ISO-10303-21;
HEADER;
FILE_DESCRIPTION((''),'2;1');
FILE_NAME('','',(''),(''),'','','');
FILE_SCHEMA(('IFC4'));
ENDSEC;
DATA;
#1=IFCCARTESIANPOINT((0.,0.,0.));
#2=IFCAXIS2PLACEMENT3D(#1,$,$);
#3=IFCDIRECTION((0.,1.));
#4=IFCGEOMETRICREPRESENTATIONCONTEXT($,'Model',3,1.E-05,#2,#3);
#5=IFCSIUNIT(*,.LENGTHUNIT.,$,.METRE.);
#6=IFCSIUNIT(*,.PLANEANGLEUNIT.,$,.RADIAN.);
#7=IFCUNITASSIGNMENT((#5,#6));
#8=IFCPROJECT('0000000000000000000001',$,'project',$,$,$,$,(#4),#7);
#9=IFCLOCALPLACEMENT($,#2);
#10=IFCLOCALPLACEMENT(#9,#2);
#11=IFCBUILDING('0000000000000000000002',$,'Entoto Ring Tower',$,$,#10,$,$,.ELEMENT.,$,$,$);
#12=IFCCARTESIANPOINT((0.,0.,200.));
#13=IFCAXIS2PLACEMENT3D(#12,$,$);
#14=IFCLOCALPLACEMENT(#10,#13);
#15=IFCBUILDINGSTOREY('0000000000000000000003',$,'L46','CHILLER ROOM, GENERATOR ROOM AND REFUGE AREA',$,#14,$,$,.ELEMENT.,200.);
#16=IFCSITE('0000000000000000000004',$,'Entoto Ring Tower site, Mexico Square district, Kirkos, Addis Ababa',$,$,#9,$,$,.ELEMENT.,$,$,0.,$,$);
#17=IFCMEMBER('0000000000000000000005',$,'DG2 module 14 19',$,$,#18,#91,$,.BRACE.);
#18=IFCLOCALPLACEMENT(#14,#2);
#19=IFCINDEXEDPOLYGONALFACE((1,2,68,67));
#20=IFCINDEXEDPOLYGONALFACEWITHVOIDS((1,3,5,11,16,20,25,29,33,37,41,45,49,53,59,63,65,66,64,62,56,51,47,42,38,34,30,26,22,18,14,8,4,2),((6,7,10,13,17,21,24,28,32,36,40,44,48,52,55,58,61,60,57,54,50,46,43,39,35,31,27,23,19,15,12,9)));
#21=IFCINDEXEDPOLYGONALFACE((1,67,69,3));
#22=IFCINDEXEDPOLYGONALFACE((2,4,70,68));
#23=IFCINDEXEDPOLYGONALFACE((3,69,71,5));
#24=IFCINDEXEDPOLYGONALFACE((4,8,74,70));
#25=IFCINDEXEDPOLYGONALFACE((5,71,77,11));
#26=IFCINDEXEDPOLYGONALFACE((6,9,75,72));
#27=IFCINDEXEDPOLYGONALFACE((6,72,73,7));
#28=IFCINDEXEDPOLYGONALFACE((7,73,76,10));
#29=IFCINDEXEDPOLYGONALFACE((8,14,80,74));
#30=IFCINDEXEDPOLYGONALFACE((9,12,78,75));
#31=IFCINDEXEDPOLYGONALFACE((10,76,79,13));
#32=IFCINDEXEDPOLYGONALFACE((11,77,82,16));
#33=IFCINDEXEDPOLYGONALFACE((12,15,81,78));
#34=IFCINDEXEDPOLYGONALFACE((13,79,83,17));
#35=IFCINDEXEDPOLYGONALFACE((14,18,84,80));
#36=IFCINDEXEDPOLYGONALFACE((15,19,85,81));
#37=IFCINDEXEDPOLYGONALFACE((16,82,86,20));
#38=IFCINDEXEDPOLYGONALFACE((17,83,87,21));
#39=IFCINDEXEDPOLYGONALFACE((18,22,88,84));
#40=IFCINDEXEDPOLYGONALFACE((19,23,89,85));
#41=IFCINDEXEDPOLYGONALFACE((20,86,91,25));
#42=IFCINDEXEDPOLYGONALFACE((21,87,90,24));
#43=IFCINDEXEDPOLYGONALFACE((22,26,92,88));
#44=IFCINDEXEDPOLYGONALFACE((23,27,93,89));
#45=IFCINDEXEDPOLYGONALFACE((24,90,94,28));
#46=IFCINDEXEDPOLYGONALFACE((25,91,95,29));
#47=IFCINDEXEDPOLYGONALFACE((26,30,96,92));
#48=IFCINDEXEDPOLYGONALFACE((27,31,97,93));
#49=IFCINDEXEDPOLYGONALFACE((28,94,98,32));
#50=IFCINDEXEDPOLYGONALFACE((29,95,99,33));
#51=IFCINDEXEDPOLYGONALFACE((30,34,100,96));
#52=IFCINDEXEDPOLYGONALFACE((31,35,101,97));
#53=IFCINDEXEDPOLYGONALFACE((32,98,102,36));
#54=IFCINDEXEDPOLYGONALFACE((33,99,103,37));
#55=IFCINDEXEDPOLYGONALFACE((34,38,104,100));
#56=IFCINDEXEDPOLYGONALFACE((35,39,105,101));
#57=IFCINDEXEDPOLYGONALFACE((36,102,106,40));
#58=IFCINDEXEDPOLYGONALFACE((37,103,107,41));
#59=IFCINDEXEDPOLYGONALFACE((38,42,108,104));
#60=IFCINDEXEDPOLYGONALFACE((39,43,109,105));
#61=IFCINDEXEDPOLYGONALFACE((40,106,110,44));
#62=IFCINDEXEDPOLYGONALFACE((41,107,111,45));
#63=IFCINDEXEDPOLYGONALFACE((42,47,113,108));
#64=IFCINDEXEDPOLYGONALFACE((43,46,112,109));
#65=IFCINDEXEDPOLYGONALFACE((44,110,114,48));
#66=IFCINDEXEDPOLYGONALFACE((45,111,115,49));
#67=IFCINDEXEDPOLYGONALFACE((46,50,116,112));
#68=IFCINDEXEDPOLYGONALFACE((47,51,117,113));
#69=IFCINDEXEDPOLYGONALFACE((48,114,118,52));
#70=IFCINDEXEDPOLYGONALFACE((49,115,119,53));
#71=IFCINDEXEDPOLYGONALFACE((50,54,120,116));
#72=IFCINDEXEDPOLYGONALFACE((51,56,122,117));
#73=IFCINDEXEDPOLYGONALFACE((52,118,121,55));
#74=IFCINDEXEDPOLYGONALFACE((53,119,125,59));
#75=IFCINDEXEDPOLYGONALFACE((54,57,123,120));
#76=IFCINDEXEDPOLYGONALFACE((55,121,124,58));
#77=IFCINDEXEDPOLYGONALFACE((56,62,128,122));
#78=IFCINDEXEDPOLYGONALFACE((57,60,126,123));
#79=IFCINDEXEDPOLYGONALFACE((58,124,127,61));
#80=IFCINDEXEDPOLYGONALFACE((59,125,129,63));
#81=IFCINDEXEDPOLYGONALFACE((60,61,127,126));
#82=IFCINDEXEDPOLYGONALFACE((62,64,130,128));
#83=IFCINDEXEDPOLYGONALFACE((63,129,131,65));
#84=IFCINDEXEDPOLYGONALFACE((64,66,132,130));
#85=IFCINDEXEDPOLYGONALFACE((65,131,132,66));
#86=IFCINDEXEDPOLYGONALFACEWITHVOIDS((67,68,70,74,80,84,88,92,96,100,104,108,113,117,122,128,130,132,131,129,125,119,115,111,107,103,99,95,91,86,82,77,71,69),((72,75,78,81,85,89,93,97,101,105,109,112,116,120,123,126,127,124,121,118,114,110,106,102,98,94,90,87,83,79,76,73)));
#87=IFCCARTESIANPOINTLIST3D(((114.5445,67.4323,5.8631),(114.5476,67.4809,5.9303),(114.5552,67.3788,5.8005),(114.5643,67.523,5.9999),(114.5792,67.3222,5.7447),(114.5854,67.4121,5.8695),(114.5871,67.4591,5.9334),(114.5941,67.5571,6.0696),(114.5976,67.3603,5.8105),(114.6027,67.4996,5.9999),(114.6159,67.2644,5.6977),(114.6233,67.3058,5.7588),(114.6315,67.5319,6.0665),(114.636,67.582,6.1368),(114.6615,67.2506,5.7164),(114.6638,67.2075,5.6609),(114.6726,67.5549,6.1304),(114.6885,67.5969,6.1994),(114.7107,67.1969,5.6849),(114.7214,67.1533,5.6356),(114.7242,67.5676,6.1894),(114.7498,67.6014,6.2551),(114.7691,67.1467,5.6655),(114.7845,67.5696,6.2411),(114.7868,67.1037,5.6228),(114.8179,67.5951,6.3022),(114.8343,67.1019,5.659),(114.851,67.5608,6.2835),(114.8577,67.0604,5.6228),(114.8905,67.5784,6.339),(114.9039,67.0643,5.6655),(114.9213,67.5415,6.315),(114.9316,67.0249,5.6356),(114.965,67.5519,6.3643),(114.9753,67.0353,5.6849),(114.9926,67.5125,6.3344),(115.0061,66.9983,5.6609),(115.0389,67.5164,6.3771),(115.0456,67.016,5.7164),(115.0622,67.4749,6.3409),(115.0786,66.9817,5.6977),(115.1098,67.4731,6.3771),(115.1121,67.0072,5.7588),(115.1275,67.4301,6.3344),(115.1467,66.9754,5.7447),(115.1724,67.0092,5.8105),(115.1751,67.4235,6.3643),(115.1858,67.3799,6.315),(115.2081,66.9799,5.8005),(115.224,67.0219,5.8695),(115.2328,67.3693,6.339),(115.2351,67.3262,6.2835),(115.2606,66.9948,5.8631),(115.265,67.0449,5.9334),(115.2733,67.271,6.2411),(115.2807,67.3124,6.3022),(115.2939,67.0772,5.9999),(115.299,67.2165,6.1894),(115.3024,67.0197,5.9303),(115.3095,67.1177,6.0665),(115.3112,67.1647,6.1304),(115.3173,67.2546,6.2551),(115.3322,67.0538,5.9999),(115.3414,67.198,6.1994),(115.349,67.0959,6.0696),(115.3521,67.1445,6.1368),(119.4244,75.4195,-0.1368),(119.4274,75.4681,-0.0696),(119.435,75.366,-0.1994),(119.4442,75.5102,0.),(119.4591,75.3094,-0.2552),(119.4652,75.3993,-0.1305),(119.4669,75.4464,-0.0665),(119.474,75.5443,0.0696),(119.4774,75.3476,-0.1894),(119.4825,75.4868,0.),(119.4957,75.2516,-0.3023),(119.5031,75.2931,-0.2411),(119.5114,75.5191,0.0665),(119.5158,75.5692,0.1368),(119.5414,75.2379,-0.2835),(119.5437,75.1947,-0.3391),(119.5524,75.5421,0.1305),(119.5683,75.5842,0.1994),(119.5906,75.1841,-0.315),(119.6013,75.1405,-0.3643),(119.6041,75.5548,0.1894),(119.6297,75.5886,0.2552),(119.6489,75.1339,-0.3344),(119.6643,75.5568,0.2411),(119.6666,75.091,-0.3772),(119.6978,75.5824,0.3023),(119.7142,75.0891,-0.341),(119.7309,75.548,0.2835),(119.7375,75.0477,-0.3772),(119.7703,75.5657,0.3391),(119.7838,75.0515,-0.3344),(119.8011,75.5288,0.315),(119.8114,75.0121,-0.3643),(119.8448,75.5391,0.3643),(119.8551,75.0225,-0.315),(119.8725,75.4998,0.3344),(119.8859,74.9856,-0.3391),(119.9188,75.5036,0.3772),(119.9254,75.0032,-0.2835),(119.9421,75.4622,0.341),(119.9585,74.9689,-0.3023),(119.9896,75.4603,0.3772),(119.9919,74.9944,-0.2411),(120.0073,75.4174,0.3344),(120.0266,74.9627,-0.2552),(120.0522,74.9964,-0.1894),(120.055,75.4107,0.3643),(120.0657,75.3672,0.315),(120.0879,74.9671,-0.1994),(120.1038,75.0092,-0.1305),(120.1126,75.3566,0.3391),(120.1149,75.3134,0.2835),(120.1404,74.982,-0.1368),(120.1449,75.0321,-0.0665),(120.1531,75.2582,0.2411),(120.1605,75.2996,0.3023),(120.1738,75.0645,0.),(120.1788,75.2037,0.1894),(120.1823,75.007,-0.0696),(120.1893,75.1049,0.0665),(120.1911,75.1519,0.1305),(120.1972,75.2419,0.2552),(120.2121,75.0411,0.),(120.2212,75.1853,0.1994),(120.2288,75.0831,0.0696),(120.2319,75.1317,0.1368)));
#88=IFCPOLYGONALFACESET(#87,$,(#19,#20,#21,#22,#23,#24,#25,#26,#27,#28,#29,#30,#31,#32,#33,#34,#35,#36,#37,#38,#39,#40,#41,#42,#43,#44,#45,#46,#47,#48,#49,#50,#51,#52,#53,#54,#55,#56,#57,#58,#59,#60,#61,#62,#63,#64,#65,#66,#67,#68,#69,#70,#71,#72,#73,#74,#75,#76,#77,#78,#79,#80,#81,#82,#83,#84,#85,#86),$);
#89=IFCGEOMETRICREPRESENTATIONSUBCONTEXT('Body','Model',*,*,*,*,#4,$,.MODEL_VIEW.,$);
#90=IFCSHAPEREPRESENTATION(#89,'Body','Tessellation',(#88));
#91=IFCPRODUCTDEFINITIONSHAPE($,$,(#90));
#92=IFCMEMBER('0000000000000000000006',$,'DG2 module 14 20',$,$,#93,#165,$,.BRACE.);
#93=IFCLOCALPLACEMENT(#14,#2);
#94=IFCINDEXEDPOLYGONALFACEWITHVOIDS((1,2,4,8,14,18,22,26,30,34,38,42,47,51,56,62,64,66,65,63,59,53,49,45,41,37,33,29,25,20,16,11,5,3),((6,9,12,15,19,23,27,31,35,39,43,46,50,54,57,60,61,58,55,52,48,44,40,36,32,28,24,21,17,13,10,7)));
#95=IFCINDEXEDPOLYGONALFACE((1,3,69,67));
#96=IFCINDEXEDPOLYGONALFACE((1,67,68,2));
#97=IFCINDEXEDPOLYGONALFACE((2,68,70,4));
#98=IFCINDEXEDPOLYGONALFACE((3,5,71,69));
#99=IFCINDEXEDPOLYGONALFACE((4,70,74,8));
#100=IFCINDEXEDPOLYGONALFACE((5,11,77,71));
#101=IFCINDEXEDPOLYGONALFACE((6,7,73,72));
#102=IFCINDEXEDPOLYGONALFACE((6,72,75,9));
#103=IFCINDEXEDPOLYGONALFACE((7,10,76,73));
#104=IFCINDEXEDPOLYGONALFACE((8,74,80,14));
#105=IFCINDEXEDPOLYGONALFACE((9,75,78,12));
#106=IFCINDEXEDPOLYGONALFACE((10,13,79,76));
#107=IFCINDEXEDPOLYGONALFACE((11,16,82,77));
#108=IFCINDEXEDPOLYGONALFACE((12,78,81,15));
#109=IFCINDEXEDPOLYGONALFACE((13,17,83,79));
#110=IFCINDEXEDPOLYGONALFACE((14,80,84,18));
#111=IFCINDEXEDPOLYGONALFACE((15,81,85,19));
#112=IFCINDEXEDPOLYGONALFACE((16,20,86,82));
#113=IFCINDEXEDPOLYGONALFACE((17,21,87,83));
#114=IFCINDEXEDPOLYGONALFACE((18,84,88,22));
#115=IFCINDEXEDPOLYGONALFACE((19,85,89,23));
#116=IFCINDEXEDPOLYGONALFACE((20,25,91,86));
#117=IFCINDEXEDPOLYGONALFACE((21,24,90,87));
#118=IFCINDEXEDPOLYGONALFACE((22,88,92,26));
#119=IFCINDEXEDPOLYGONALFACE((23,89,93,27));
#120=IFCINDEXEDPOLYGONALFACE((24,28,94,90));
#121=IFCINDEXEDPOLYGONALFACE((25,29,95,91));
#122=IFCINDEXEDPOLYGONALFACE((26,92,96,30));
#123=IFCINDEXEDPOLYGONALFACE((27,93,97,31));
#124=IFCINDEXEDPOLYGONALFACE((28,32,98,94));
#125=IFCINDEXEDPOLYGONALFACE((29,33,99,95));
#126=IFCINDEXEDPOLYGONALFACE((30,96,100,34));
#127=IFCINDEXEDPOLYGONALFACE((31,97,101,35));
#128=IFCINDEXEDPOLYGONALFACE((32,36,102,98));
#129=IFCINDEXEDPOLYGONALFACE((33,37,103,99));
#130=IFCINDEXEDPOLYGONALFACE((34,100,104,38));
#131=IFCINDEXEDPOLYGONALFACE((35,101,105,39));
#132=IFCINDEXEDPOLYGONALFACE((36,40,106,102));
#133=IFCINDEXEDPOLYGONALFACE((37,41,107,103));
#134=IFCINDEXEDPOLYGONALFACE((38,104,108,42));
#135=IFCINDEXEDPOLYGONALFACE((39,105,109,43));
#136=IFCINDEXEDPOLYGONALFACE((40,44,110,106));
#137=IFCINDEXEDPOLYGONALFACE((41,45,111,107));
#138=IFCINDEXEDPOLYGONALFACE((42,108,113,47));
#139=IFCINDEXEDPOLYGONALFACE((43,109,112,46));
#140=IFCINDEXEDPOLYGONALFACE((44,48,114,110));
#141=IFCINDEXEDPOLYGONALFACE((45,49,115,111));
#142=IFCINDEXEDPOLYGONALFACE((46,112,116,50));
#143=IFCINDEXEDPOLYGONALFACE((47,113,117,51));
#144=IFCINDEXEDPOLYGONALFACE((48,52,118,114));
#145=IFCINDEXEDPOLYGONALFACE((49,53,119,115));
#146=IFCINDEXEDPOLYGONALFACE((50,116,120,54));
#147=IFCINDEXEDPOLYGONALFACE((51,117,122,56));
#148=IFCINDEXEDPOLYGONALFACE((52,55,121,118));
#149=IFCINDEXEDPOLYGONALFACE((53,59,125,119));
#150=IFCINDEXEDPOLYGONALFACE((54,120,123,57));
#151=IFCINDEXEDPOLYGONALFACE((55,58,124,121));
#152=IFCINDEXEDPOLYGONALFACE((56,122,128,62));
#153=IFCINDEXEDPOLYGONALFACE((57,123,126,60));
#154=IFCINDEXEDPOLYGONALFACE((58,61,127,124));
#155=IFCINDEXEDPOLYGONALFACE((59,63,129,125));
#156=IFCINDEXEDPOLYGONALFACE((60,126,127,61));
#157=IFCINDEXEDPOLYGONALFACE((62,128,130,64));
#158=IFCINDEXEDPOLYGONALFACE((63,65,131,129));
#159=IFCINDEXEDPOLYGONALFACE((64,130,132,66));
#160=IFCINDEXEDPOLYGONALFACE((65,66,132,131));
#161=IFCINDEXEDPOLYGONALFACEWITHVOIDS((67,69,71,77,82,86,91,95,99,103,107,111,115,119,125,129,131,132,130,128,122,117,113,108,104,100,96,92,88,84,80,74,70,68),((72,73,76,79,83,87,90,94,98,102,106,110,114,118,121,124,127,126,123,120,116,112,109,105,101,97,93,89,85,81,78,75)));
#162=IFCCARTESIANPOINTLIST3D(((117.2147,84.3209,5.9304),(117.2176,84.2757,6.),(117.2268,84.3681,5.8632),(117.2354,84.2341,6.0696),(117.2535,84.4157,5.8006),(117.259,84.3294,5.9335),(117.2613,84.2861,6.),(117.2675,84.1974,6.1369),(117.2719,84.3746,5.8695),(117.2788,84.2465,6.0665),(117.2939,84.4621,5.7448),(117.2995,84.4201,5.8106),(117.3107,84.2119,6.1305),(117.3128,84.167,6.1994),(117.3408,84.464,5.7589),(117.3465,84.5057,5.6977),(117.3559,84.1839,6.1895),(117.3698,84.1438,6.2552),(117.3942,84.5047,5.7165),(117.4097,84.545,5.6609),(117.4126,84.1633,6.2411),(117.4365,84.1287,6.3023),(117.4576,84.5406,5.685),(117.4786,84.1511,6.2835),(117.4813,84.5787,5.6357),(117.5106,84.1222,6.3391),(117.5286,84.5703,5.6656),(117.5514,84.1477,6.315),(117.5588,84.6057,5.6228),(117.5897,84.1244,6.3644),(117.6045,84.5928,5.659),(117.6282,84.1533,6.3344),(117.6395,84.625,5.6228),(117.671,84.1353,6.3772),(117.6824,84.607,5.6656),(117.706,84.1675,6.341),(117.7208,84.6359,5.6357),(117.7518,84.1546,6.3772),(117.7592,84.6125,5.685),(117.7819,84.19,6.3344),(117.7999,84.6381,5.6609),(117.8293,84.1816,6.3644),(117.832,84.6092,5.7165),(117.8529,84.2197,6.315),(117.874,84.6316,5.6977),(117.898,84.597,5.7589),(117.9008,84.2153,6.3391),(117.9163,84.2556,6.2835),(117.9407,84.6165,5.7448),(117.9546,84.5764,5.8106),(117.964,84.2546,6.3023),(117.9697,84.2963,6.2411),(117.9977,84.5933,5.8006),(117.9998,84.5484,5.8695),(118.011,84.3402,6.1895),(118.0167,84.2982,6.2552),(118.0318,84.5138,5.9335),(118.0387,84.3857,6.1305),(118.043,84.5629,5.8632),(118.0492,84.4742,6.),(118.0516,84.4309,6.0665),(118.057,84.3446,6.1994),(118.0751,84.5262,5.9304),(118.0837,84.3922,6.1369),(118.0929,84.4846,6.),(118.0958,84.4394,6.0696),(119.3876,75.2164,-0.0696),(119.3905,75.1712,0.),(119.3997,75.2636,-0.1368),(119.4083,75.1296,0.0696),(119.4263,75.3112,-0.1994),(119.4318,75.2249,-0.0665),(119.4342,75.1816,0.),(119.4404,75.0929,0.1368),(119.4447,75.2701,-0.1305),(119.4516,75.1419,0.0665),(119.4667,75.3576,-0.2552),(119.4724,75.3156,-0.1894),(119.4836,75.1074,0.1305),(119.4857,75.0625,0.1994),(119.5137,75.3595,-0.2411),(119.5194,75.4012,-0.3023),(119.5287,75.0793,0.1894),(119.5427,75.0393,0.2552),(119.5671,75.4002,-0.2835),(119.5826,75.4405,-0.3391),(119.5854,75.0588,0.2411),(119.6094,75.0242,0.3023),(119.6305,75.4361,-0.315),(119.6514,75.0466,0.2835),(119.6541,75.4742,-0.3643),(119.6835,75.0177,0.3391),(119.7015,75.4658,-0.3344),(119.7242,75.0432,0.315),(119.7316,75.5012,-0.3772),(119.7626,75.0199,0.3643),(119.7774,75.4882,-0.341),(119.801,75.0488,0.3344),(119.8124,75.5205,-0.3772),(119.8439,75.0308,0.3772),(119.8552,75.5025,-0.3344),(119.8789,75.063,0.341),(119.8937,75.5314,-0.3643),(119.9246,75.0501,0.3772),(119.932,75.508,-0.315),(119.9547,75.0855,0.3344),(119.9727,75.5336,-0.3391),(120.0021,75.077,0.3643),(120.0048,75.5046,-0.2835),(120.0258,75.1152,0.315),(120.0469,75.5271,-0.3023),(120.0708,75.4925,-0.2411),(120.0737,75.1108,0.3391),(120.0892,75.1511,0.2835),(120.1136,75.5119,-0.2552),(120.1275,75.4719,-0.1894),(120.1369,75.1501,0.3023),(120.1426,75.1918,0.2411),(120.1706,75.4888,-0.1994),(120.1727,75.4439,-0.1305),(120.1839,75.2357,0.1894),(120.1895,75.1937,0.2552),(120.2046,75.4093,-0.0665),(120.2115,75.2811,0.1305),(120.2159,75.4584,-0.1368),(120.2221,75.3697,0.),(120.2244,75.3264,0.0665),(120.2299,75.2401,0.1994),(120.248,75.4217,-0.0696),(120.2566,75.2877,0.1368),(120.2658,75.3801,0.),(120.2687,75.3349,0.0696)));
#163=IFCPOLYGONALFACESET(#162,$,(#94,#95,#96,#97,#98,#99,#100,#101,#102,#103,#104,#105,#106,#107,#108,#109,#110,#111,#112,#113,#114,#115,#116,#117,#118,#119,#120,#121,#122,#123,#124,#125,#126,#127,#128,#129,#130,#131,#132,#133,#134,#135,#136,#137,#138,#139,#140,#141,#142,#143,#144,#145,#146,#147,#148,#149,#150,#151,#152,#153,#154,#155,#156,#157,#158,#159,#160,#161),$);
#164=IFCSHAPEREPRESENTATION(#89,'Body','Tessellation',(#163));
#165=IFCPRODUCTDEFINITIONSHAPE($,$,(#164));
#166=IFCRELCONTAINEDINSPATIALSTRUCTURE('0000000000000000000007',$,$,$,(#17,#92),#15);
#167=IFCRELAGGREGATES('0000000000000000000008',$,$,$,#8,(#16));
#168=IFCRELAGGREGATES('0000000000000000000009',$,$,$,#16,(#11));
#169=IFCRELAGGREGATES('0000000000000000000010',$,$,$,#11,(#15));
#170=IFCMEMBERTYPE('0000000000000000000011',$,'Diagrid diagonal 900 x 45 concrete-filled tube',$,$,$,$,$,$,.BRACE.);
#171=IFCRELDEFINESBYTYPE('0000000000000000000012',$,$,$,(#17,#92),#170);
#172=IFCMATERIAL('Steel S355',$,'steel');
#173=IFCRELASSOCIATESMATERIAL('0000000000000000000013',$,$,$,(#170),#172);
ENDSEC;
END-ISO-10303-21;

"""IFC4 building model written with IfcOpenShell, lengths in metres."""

from ifc_helpers import new_model, si_unit, direction, frame, origin, origin_2d, place, context, subcontext, project, spatial, circle, hollow_circle, extrude, material, material_profile, profile_set, type_object, element, save


model = new_model("IFC4")

# Units and contexts
model_context = context("Model", 3, precision=1e-05, world=origin(), true_north=direction((0.0, 1.0)))
body_context = subcontext(model_context, "Body", "Model", "MODEL_VIEW")
ifc_project = project(units=[si_unit("LENGTHUNIT", "METRE"), si_unit("PLANEANGLEUNIT", "RADIAN")], contexts=[model_context])

# Site, building, storey
site_placement = place(None, origin())
site = spatial("IfcSite", under=ifc_project, at=site_placement, Name="Entoto Ring Tower site, Mexico Square district, Kirkos, Addis Ababa", CompositionType="ELEMENT", RefElevation=0.0)
building_placement = place(site_placement, origin())
building = spatial("IfcBuilding", under=site, at=building_placement, Name="Entoto Ring Tower", CompositionType="ELEMENT")
storey_placement = place(building_placement, frame((0.0, 0.0, 200.0)))
storey = spatial("IfcBuildingStorey", under=building, at=storey_placement, Name="L46", Description="CHILLER ROOM, GENERATOR ROOM AND REFUGE AREA", CompositionType="ELEMENT", Elevation=200.0)

# Members
ifc_material_1 = material(Name="Steel S355", Category="steel")
ifc_material_profile_1 = material_profile(ifc_material_1, hollow_circle(Radius=0.45, WallThickness=0.0449, at=origin_2d()), Name="CHS 900 x 45")
ifc_material_2 = material(Name="Concrete C60/75", Category="concrete")
ifc_material_profile_2 = material_profile(ifc_material_2, circle(Radius=0.405, at=origin_2d()), Name="Concrete C60/75 infill")
ifc_profile_set_1 = profile_set([ifc_material_profile_1, ifc_material_profile_2], Name="Steel S355")
member_type_1 = type_object("IfcMemberType", Name="Diagrid diagonal 900 x 45 concrete-filled tube", PredefinedType="BRACE", material=ifc_profile_set_1)
member_1_placement = place(storey_placement, frame((119.8281, 75.2756, 0.0), z_axis=(-0.438917, -0.718411, 0.539665), x_axis=(0.853341, -0.521353, 0.0)))
element("IfcMember", 1, at=member_1_placement, inside=storey, type_object=member_type_1, Name="DG2 module 14 19", PredefinedType="BRACE", context=body_context, shape_type="SweptSolid", body=[
    extrude(hollow_circle(Radius=0.45, WallThickness=0.0449, at=origin_2d()), origin(), (0.0, 0.0, 1.0), 11.1179),
])
member_2_placement = place(storey_placement, frame((119.8281, 75.2756, 0.0), z_axis=(-0.195433, 0.818886, 0.539659), x_axis=(-0.972683, -0.232138, 0.0)))
element("IfcMember", 2, at=member_2_placement, inside=storey, type_object=member_type_1, Name="DG2 module 14 20", PredefinedType="BRACE", context=body_context, shape_type="SweptSolid", body=[
    extrude(hollow_circle(Radius=0.45, WallThickness=0.0449, at=origin_2d()), origin(), (0.0, 0.0, 1.0), 11.1182),
])

save(model, "model.ifc")
